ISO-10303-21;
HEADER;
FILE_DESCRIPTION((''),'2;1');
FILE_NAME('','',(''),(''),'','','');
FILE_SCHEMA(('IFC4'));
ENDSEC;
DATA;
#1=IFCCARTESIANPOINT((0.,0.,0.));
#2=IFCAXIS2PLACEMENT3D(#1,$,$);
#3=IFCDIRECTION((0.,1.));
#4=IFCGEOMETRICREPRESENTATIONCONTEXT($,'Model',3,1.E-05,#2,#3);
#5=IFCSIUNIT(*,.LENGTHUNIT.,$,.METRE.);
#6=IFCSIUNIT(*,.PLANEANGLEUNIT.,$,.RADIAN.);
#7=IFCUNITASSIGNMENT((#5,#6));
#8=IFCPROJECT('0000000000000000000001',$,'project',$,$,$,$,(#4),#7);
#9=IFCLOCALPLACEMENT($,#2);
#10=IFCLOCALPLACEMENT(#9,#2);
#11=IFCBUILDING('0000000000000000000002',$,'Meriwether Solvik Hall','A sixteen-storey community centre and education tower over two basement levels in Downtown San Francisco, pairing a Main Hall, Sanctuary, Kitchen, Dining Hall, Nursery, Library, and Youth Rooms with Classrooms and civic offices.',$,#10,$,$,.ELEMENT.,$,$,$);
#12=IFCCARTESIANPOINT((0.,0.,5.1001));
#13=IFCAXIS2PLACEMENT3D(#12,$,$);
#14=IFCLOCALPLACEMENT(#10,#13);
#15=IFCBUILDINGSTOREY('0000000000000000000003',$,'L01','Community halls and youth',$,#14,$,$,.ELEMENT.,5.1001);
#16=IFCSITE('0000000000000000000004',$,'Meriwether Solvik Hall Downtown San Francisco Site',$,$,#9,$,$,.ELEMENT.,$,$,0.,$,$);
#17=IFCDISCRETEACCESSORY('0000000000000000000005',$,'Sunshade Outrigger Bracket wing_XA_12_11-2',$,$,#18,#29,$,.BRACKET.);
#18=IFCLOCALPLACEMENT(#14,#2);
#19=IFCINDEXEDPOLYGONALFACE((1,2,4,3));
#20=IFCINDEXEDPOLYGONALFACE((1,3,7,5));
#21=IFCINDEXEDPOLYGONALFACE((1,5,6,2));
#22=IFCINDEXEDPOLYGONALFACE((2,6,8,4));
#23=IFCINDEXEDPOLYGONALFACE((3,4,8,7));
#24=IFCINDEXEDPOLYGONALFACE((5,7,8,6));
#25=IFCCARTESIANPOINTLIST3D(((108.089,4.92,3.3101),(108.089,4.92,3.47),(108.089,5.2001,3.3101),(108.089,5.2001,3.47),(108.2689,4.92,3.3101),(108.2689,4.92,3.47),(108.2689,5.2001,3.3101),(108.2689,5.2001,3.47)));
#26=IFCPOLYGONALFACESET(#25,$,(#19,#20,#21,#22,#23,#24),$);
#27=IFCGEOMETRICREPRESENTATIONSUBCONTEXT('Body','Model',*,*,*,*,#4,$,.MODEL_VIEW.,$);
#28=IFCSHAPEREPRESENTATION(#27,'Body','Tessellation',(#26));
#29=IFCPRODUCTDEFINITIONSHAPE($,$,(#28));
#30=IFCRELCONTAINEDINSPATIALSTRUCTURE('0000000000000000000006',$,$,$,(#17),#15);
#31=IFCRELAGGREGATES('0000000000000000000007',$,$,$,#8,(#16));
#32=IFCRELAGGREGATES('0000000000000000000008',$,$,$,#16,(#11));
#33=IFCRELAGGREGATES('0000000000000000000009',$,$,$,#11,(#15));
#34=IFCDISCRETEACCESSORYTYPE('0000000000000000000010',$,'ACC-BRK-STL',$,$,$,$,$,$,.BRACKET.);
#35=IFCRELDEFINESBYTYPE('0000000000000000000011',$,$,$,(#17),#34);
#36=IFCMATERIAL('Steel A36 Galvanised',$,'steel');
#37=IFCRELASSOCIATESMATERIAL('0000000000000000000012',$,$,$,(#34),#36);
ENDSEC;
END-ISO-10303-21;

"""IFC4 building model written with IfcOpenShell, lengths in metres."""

from ifc_helpers import new_model, si_unit, direction, frame, origin, origin_2d, place, context, subcontext, project, spatial, rectangle, extrude, material, type_object, element, save


model = new_model("IFC4")

# Units and contexts
model_context = context("Model", 3, precision=1e-05, world=origin(), true_north=direction((0.0, 1.0)))
body_context = subcontext(model_context, "Body", "Model", "MODEL_VIEW")
ifc_project = project(units=[si_unit("LENGTHUNIT", "METRE"), si_unit("PLANEANGLEUNIT", "RADIAN")], contexts=[model_context])

# Site, building, storey
site_placement = place(None, origin())
site = spatial("IfcSite", under=ifc_project, at=site_placement, Name="Meriwether Solvik Hall Downtown San Francisco Site", CompositionType="ELEMENT", RefElevation=0.0)
building_placement = place(site_placement, origin())
building = spatial("IfcBuilding", under=site, at=building_placement, Name="Meriwether Solvik Hall", Description="A sixteen-storey community centre and education tower over two basement levels in Downtown San Francisco, pairing a Main Hall, Sanctuary, Kitchen, Dining Hall, Nursery, Library, and Youth Rooms with Classrooms and civic offices.", CompositionType="ELEMENT")
storey_placement = place(building_placement, frame((0.0, 0.0, 5.1001)))
storey = spatial("IfcBuildingStorey", under=building, at=storey_placement, Name="L01", Description="Community halls and youth", CompositionType="ELEMENT", Elevation=5.1001)

# Discrete accessory
ifc_material_1 = material(Name="Steel A36 Galvanised", Category="steel")
discrete_accessory_type = type_object("IfcDiscreteAccessoryType", Name="ACC-BRK-STL", PredefinedType="BRACKET", material=ifc_material_1)
discrete_accessory_placement = place(storey_placement, frame((108.179, 5.0601, 3.3101), z_axis=(0.0, 0.0, 1.0), x_axis=(-1.0, 0.0, 0.0)))
element("IfcDiscreteAccessory", 1, at=discrete_accessory_placement, inside=storey, type_object=discrete_accessory_type, Name="Sunshade Outrigger Bracket wing_XA_12_11-2", PredefinedType="BRACKET", context=body_context, shape_type="SweptSolid", body=[
    extrude(rectangle(XDim=0.1799, YDim=0.28, at=origin_2d()), origin(), (0.0, 0.0, 1.0), 0.1599),
])

save(model, "model.ifc")
